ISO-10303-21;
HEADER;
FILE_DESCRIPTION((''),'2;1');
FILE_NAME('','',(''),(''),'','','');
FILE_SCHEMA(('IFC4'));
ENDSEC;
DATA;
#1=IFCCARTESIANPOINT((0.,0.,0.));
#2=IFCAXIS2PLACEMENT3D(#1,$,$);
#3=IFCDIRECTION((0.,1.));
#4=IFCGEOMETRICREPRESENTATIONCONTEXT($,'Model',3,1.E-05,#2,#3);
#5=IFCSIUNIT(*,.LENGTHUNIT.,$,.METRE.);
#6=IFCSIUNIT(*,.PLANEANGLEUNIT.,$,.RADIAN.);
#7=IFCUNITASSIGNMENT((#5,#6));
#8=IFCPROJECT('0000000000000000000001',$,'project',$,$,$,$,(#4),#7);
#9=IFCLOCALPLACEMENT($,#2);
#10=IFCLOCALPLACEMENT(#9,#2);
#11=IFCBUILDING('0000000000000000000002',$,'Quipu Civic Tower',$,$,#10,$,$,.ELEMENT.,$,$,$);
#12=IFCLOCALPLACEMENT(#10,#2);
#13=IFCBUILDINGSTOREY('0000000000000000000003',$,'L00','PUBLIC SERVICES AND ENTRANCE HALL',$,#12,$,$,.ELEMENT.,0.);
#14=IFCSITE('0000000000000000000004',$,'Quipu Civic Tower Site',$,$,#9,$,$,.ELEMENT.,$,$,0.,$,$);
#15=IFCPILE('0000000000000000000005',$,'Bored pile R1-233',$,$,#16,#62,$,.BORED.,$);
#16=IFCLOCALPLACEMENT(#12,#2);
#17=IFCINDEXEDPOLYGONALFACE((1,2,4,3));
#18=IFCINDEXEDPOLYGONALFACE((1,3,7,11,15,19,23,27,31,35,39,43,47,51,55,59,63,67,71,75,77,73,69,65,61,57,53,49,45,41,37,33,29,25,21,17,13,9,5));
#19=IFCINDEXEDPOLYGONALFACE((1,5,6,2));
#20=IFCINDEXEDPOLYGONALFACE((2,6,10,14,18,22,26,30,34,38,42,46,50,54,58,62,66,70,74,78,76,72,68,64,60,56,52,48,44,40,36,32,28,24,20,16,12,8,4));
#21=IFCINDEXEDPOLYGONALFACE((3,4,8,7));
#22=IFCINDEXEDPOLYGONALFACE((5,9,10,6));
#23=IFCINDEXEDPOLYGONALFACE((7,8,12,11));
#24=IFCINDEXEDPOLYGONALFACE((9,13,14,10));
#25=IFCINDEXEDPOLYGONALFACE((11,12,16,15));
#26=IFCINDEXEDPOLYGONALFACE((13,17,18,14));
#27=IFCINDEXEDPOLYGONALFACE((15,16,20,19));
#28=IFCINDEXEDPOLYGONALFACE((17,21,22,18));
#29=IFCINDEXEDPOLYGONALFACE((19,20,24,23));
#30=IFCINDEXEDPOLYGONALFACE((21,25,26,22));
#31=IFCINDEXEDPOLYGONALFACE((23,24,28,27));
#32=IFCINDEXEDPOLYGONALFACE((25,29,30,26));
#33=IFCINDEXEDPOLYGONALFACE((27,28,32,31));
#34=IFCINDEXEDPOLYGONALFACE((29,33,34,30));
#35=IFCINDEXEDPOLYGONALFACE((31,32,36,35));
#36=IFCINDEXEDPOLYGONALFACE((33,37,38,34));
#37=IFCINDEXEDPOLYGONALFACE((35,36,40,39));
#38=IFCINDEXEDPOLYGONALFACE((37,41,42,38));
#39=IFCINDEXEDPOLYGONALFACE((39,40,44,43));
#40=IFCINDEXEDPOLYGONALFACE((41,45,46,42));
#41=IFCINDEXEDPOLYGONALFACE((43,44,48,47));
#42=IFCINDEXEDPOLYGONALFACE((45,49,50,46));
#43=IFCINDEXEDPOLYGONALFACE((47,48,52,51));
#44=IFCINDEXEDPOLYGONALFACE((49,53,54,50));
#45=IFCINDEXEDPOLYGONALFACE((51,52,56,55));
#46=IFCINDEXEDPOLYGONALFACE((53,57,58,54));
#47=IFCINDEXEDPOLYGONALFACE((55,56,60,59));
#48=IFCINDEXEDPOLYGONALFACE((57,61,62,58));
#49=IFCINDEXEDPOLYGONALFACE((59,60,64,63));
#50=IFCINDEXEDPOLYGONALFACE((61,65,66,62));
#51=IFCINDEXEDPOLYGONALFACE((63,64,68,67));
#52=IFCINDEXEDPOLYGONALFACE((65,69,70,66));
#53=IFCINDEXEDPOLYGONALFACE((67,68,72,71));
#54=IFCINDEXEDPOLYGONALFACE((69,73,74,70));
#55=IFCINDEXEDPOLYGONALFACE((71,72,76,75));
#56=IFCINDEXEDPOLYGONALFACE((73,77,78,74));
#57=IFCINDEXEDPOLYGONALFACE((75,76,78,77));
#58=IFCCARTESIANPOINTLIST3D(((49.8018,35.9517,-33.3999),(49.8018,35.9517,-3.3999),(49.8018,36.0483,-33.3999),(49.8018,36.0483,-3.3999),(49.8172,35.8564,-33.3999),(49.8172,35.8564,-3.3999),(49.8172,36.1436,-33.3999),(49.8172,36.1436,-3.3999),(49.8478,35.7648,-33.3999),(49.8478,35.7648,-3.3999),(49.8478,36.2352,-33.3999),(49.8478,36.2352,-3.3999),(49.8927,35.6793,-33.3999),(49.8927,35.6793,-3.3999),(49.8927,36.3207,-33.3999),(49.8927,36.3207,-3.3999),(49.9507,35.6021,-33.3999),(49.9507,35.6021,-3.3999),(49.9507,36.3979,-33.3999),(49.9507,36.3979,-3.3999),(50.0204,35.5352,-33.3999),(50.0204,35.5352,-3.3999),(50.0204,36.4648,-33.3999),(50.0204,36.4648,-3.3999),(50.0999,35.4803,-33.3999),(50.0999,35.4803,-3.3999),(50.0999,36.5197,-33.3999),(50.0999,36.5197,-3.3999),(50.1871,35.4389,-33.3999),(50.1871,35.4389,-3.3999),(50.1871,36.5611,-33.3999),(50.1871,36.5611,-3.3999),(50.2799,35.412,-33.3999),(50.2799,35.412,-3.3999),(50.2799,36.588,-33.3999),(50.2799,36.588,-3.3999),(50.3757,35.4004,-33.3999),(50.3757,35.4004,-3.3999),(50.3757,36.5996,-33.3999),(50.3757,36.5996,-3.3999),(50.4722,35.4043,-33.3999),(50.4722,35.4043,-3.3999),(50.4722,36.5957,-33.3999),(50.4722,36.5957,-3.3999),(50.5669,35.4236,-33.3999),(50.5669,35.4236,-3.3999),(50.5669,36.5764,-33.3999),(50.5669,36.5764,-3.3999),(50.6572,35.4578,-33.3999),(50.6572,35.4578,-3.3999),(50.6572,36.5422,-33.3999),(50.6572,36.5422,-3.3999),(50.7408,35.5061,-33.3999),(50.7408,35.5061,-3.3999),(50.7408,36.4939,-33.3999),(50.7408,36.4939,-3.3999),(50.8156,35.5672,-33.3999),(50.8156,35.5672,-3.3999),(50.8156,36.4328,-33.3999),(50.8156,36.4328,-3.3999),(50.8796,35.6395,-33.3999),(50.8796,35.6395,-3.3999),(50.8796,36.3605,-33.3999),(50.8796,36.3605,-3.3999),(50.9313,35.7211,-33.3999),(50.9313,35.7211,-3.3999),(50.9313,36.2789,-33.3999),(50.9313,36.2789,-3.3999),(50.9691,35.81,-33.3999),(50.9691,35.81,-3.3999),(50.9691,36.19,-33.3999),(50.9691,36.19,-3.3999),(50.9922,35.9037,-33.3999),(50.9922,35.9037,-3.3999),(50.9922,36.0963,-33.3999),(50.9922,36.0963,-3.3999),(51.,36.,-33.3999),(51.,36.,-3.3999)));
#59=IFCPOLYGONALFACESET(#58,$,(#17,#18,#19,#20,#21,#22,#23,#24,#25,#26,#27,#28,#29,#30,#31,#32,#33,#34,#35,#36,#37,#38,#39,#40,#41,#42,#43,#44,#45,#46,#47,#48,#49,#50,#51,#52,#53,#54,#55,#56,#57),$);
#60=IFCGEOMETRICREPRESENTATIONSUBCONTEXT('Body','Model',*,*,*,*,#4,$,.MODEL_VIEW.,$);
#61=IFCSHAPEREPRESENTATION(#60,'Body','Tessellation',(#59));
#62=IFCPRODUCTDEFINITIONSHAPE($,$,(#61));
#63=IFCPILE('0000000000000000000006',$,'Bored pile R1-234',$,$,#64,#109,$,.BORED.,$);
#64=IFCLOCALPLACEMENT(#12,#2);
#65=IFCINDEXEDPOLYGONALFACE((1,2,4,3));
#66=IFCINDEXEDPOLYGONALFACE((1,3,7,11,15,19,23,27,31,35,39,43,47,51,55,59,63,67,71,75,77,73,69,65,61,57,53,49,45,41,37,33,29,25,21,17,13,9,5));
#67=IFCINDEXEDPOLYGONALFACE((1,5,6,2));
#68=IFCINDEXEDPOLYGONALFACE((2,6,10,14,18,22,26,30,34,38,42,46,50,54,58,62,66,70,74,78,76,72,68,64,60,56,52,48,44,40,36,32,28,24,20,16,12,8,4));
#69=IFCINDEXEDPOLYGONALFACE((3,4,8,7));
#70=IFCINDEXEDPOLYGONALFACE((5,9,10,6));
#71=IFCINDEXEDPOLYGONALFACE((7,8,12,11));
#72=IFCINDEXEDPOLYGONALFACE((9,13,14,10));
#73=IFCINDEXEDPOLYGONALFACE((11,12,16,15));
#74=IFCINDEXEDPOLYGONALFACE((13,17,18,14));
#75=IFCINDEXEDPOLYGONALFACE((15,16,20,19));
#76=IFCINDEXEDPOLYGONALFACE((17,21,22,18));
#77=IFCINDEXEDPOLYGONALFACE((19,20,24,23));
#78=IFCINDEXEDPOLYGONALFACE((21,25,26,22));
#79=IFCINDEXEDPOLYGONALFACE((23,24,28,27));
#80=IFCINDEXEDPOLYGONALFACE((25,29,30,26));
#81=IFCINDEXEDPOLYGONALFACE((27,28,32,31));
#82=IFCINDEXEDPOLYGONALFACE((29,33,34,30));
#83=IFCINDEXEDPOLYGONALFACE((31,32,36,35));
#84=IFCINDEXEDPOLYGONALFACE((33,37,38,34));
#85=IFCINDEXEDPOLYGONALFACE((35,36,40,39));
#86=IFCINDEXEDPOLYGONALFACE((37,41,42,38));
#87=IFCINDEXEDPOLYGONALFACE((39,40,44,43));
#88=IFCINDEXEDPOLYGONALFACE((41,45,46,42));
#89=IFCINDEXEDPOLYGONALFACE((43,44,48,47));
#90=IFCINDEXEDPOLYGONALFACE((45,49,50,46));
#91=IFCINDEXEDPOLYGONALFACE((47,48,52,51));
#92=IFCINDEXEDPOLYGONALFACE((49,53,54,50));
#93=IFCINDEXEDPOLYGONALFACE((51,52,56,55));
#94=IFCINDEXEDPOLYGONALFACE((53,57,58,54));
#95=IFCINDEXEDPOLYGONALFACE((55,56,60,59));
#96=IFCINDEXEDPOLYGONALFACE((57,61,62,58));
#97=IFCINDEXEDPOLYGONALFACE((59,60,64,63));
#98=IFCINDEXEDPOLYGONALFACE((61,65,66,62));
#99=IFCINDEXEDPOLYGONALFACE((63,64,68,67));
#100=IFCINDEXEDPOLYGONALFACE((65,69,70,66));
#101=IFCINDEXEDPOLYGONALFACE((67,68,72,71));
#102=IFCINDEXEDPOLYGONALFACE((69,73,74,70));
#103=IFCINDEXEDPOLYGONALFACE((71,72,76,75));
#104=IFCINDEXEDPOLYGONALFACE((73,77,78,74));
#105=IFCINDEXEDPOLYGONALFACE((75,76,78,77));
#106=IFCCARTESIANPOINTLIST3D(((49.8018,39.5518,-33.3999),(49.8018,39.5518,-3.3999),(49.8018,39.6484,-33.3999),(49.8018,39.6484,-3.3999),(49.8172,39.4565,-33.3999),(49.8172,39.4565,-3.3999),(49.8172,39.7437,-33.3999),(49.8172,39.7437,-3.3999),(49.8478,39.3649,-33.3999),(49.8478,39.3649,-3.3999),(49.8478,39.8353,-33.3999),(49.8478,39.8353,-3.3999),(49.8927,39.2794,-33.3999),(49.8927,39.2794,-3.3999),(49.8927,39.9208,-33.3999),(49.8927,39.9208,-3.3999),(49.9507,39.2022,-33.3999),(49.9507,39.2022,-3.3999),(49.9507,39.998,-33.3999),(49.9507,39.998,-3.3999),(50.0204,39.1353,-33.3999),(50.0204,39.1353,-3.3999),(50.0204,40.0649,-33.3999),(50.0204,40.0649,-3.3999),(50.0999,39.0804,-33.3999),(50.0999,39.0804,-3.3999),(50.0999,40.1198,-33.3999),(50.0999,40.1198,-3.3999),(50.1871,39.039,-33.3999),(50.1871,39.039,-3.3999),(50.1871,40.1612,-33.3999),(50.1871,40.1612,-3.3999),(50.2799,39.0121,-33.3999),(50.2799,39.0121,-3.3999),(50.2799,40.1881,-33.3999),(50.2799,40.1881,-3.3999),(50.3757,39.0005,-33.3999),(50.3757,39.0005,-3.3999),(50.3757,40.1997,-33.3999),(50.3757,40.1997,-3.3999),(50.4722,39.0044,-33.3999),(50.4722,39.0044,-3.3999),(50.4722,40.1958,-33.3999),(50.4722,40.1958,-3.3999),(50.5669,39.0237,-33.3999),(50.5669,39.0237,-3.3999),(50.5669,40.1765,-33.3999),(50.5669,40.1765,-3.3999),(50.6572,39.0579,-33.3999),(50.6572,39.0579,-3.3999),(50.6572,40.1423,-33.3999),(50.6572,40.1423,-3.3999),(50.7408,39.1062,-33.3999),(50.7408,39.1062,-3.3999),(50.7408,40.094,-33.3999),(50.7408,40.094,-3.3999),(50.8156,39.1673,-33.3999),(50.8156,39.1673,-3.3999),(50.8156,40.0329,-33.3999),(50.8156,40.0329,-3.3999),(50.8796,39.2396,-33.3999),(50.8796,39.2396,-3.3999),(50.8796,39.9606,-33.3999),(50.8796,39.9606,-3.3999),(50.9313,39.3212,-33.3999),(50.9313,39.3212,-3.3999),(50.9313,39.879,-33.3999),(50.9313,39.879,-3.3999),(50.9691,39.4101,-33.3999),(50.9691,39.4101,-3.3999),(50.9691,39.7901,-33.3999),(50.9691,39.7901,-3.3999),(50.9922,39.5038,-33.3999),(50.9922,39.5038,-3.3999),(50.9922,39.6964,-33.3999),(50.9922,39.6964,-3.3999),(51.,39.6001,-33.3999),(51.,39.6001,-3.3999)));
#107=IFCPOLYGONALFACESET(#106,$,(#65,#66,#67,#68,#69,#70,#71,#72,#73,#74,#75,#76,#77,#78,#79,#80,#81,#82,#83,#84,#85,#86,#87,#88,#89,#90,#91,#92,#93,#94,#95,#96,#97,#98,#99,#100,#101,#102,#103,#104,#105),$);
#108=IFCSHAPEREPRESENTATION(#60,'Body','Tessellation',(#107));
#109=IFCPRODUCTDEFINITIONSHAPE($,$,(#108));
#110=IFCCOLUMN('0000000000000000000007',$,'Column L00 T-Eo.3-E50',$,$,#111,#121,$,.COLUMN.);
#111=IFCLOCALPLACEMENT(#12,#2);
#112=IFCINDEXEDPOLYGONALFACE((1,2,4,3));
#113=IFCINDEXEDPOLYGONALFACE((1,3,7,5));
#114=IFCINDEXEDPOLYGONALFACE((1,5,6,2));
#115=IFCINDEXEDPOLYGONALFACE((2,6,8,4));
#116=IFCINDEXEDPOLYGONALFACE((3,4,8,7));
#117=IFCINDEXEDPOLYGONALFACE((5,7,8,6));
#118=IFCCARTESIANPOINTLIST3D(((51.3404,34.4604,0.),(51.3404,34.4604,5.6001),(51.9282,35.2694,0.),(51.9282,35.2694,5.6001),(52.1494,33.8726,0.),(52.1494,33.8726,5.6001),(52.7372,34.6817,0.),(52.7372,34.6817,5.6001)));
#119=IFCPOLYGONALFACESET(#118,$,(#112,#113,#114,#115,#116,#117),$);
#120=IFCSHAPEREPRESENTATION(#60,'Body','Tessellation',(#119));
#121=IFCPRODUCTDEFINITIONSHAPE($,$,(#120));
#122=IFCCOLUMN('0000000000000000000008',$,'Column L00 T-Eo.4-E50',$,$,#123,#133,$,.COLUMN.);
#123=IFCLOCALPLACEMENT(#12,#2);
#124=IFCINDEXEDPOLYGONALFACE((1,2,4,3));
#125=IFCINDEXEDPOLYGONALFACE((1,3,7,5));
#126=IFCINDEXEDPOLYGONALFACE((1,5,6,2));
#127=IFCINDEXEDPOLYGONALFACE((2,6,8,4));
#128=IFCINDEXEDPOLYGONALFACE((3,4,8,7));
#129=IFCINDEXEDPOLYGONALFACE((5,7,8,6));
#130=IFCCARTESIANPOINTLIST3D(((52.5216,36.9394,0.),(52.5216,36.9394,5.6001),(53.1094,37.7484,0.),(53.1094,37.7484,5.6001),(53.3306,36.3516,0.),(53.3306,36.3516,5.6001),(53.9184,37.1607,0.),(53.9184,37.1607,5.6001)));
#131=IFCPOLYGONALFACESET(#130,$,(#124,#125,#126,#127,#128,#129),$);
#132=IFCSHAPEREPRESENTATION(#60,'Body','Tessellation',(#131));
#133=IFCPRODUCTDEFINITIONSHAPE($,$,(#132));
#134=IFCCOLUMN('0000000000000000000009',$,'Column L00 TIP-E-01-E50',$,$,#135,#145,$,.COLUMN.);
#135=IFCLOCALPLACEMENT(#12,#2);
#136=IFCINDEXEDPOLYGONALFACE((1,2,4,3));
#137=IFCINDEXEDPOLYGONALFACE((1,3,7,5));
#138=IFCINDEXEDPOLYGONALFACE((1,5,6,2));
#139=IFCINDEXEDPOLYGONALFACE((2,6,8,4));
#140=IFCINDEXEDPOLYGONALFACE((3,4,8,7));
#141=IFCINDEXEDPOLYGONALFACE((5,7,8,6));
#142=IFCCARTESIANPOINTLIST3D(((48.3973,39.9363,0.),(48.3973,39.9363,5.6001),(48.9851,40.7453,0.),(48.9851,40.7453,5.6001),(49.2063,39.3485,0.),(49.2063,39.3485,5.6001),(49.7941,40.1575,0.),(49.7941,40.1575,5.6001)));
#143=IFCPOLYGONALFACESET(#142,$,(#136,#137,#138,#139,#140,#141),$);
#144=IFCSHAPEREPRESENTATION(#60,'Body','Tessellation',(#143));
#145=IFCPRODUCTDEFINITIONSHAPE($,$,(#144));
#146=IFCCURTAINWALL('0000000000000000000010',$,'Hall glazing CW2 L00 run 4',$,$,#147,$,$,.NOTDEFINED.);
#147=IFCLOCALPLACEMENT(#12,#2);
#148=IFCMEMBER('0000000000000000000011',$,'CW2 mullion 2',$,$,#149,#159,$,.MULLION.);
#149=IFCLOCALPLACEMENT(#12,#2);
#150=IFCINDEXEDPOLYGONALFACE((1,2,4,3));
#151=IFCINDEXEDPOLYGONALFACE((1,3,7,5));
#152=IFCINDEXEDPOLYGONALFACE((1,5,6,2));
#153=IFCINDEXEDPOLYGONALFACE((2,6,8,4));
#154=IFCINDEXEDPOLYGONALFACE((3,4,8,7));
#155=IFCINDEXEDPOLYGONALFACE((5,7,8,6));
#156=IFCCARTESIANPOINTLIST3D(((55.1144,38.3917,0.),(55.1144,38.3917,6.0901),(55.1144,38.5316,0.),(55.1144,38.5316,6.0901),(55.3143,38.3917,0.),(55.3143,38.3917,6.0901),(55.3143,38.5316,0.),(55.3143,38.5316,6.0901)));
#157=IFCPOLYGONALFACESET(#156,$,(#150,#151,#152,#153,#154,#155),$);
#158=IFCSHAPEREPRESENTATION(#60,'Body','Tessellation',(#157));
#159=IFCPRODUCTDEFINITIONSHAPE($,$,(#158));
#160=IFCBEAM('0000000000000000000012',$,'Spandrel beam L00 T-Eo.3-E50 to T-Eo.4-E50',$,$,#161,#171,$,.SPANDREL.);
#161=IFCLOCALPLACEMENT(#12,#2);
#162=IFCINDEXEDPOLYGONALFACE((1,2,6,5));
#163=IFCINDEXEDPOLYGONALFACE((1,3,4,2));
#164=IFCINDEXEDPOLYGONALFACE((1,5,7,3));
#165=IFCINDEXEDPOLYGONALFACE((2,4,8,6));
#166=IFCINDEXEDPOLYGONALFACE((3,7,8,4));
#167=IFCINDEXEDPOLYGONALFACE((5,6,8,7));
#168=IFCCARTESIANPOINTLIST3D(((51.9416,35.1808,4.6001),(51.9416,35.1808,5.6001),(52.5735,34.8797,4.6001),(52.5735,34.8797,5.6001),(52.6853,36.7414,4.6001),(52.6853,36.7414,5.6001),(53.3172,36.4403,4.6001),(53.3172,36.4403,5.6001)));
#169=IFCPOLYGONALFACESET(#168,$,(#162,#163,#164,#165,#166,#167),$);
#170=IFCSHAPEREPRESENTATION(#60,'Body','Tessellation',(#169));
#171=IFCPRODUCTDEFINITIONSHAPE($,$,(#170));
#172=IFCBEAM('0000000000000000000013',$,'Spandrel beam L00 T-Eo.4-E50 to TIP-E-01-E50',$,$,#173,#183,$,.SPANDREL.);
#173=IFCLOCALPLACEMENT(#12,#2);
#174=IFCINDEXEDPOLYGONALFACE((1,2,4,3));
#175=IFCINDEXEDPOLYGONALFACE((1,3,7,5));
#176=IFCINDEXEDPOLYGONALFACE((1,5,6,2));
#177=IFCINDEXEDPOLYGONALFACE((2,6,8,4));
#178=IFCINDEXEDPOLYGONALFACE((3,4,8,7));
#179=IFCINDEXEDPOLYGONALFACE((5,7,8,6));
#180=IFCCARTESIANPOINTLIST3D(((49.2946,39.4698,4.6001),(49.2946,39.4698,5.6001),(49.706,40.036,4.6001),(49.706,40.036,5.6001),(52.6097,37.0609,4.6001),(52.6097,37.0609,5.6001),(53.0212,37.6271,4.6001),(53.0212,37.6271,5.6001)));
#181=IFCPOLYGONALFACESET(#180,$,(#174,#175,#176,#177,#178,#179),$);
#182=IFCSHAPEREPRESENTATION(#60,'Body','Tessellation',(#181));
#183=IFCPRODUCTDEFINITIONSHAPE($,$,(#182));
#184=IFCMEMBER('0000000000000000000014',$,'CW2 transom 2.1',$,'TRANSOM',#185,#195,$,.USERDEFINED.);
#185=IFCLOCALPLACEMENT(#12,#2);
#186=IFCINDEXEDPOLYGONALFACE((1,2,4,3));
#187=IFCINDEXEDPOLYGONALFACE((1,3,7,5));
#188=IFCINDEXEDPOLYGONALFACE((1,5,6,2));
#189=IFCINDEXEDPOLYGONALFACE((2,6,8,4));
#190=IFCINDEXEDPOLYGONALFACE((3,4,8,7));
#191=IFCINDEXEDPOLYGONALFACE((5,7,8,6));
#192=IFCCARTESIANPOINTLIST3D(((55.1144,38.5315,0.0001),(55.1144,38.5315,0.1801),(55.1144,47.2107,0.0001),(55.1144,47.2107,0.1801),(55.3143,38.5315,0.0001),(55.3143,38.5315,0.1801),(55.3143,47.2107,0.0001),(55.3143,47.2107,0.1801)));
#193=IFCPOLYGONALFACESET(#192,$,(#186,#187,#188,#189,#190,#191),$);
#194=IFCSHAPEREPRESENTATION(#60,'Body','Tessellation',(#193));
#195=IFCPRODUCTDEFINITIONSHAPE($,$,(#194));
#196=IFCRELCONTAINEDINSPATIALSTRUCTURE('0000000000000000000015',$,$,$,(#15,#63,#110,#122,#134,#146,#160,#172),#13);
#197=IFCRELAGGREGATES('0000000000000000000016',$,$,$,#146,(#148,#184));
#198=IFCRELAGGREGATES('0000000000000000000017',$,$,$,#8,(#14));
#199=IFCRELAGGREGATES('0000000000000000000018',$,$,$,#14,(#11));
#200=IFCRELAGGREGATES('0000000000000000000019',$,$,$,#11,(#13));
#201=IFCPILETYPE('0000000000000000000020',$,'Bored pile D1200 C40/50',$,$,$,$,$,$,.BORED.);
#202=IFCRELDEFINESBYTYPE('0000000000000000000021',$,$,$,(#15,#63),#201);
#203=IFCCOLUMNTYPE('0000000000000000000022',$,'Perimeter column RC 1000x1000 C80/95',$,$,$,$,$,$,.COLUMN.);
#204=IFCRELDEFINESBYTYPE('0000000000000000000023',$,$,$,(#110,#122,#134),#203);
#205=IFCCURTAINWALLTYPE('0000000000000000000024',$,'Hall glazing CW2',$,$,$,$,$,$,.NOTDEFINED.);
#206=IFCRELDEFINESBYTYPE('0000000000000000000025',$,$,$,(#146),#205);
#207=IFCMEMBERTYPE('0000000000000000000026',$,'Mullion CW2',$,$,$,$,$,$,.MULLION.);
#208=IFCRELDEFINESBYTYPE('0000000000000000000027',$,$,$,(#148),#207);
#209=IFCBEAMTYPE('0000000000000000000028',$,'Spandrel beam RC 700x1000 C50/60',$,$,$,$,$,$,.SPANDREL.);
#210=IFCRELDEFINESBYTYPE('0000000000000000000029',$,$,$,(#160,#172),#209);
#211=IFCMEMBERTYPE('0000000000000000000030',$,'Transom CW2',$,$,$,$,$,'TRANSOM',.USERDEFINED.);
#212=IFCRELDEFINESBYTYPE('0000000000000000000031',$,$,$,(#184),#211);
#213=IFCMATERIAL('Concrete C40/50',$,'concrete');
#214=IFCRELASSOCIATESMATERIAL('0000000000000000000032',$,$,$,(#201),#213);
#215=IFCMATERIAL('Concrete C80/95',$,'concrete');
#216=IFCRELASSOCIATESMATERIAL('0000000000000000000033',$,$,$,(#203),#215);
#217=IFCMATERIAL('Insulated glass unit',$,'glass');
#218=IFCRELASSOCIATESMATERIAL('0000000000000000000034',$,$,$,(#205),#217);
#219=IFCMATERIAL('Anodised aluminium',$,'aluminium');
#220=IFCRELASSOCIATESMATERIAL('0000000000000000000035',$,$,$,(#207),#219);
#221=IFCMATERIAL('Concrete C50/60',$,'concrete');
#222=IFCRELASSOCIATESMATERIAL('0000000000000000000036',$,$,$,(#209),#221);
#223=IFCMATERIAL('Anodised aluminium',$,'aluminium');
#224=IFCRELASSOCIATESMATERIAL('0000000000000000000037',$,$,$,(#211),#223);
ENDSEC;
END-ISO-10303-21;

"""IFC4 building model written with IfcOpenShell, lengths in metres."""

from ifc_helpers import new_model, si_unit, direction, frame, origin, origin_2d, place, context, subcontext, project, spatial, rectangle, circle, extrude, material, material_profile, profile_set, type_object, element, aggregate, save


model = new_model("IFC4")

# Units and contexts
model_context = context("Model", 3, precision=1e-05, world=origin(), true_north=direction((0.0, 1.0)))
body_context = subcontext(model_context, "Body", "Model", "MODEL_VIEW")
ifc_project = project(units=[si_unit("LENGTHUNIT", "METRE"), si_unit("PLANEANGLEUNIT", "RADIAN")], contexts=[model_context])

# Site, building, storey
site_placement = place(None, origin())
site = spatial("IfcSite", under=ifc_project, at=site_placement, Name="Quipu Civic Tower Site", CompositionType="ELEMENT", RefElevation=0.0)
building_placement = place(site_placement, origin())
building = spatial("IfcBuilding", under=site, at=building_placement, Name="Quipu Civic Tower", CompositionType="ELEMENT")
storey_placement = place(building_placement, origin())
storey = spatial("IfcBuildingStorey", under=building, at=storey_placement, Name="L00", Description="PUBLIC SERVICES AND ENTRANCE HALL", CompositionType="ELEMENT", Elevation=0.0)

# Piles
ifc_material_1 = material(Name="Concrete C40/50", Category="concrete")
ifc_material_profile_1 = material_profile(ifc_material_1, circle(Radius=0.6001, at=origin_2d()), Name="RCD1200")
ifc_profile_set_1 = profile_set([ifc_material_profile_1], Name="Concrete C40/50")
pile_type = type_object("IfcPileType", Name="Bored pile D1200 C40/50", PredefinedType="BORED", material=ifc_profile_set_1)
for number, where, z_axis, x_axis, name in (
    (1, (50.3999, 36.0, -3.3999), (0.0, 0.0, -1.0), (1.0, 0.0, 0.0), "Bored pile R1-233"),
    (2, (50.3999, 39.6001, -3.3999), (0.0, 0.0, -1.0), (1.0, 0.0, 0.0), "Bored pile R1-234"),
):
    element("IfcPile", number, at=place(storey_placement, frame(where, z_axis=z_axis, x_axis=x_axis)), inside=storey, type_object=pile_type, Name=name, PredefinedType="BORED", context=body_context, shape_type="SweptSolid", body=[
        extrude(circle(Radius=0.6001, at=origin_2d()), origin(), (0.0, 0.0, 1.0), 30.0),
    ])

# Columns
ifc_material_2 = material(Name="Concrete C80/95", Category="concrete")
ifc_material_profile_2 = material_profile(ifc_material_2, rectangle(XDim=1.0, YDim=1.0, at=origin_2d()), Name="RC1000x1000")
ifc_profile_set_2 = profile_set([ifc_material_profile_2], Name="Concrete C80/95")
column_type = type_object("IfcColumnType", Name="Perimeter column RC 1000x1000 C80/95", PredefinedType="COLUMN", material=ifc_profile_set_2)
for number, where, z_axis, x_axis, name in (
    (3, (52.0388, 34.571, 0.0), (0.0, 0.0, 1.0), (0.587785, 0.809017, 0.0), "Column L00 T-Eo.3-E50"),
    (4, (53.22, 37.05, 0.0), (0.0, 0.0, 1.0), (-0.809017, 0.587785, 0.0), "Column L00 T-Eo.4-E50"),
    (5, (49.0957, 40.0469, 0.0), (0.0, 0.0, 1.0), (-0.809017, 0.587785, 0.0), "Column L00 TIP-E-01-E50"),
):
    element("IfcColumn", number, at=place(storey_placement, frame(where, z_axis=z_axis, x_axis=x_axis)), inside=storey, type_object=column_type, Name=name, PredefinedType="COLUMN", context=body_context, shape_type="SweptSolid", body=[
        extrude(rectangle(XDim=1.0, YDim=1.0, at=origin_2d()), origin(), (0.0, 0.0, 1.0), 5.6001),
    ])

# Curtain wall, member
ifc_material_3 = material(Name="Insulated glass unit", Category="glass")
curtain_wall_type = type_object("IfcCurtainWallType", Name="Hall glazing CW2", PredefinedType="NOTDEFINED", material=ifc_material_3)
curtain_wall_placement = place(storey_placement, origin())
curtain_wall = element("IfcCurtainWall", 6, at=curtain_wall_placement, inside=storey, type_object=curtain_wall_type, Name="Hall glazing CW2 L00 run 4", PredefinedType="NOTDEFINED")
ifc_material_4 = material(Name="Anodised aluminium", Category="aluminium")
ifc_material_profile_3 = material_profile(ifc_material_4, rectangle(XDim=0.2, YDim=0.1399, at=origin_2d()), Name="RECT 200x140")
ifc_profile_set_3 = profile_set([ifc_material_profile_3], Name="Anodised aluminium")
member_type_1 = type_object("IfcMemberType", Name="Mullion CW2", PredefinedType="MULLION", material=ifc_profile_set_3)
member_1_placement = place(storey_placement, frame((55.2144, 38.4617, 0.0), z_axis=(0.0, 0.0, 1.0), x_axis=(-1.0, 0.0, 0.0)))
member_1 = element("IfcMember", 7, at=member_1_placement, type_object=member_type_1, Name="CW2 mullion 2", PredefinedType="MULLION", context=body_context, shape_type="SweptSolid", body=[
    extrude(rectangle(XDim=0.2, YDim=0.1399, at=origin_2d()), origin(), (0.0, 0.0, 1.0), 6.0901),
])

# Beams
ifc_material_5 = material(Name="Concrete C50/60", Category="concrete")
ifc_material_profile_4 = material_profile(ifc_material_5, rectangle(XDim=0.7, YDim=1.0, at=origin_2d()), Name="RC700x1000")
ifc_profile_set_4 = profile_set([ifc_material_profile_4], Name="Concrete C50/60")
beam_type = type_object("IfcBeamType", Name="Spandrel beam RC 700x1000 C50/60", PredefinedType="SPANDREL", material=ifc_profile_set_4)
beam_1_placement = place(storey_placement, frame((52.2576, 35.0303, 5.1001), z_axis=(0.430186, 0.90274, 0.0), x_axis=(-0.90274, 0.430186, 0.0)))
element("IfcBeam", 8, at=beam_1_placement, inside=storey, type_object=beam_type, Name="Spandrel beam L00 T-Eo.3-E50 to T-Eo.4-E50", PredefinedType="SPANDREL", context=body_context, shape_type="SweptSolid", body=[
    extrude(rectangle(XDim=0.7, YDim=1.0, at=origin_2d()), origin(), (0.0, 0.0, 1.0), 1.7288),
])
beam_2_placement = place(storey_placement, frame((52.8154, 37.344, 5.1001), z_axis=(-0.808981, 0.587835, 0.0), x_axis=(-0.587835, -0.808981, 0.0)))
element("IfcBeam", 9, at=beam_2_placement, inside=storey, type_object=beam_type, Name="Spandrel beam L00 T-Eo.4-E50 to TIP-E-01-E50", PredefinedType="SPANDREL", context=body_context, shape_type="SweptSolid", body=[
    extrude(rectangle(XDim=0.7, YDim=1.0, at=origin_2d()), origin(), (0.0, 0.0, 1.0), 4.0979),
])

# Member
ifc_material_6 = material(Name="Anodised aluminium", Category="aluminium")
ifc_material_profile_5 = material_profile(ifc_material_6, rectangle(XDim=0.2, YDim=0.1799, at=origin_2d()), Name="RECT 200x180")
ifc_profile_set_5 = profile_set([ifc_material_profile_5], Name="Anodised aluminium")
member_type_2 = type_object("IfcMemberType", Name="Transom CW2", ElementType="TRANSOM", PredefinedType="USERDEFINED", material=ifc_profile_set_5)
member_2_placement = place(storey_placement, frame((55.2144, 38.5315, 0.0901), z_axis=(0.0, 1.0, 0.0), x_axis=(-1.0, 0.0, 0.0)))
member_2 = element("IfcMember", 10, at=member_2_placement, type_object=member_type_2, Name="CW2 transom 2.1", ObjectType="TRANSOM", PredefinedType="USERDEFINED", context=body_context, shape_type="SweptSolid", body=[
    extrude(rectangle(XDim=0.2, YDim=0.1799, at=origin_2d()), origin(), (0.0, 0.0, 1.0), 8.6792),
])

aggregate(curtain_wall, [member_1, member_2])

save(model, "model.ifc")
